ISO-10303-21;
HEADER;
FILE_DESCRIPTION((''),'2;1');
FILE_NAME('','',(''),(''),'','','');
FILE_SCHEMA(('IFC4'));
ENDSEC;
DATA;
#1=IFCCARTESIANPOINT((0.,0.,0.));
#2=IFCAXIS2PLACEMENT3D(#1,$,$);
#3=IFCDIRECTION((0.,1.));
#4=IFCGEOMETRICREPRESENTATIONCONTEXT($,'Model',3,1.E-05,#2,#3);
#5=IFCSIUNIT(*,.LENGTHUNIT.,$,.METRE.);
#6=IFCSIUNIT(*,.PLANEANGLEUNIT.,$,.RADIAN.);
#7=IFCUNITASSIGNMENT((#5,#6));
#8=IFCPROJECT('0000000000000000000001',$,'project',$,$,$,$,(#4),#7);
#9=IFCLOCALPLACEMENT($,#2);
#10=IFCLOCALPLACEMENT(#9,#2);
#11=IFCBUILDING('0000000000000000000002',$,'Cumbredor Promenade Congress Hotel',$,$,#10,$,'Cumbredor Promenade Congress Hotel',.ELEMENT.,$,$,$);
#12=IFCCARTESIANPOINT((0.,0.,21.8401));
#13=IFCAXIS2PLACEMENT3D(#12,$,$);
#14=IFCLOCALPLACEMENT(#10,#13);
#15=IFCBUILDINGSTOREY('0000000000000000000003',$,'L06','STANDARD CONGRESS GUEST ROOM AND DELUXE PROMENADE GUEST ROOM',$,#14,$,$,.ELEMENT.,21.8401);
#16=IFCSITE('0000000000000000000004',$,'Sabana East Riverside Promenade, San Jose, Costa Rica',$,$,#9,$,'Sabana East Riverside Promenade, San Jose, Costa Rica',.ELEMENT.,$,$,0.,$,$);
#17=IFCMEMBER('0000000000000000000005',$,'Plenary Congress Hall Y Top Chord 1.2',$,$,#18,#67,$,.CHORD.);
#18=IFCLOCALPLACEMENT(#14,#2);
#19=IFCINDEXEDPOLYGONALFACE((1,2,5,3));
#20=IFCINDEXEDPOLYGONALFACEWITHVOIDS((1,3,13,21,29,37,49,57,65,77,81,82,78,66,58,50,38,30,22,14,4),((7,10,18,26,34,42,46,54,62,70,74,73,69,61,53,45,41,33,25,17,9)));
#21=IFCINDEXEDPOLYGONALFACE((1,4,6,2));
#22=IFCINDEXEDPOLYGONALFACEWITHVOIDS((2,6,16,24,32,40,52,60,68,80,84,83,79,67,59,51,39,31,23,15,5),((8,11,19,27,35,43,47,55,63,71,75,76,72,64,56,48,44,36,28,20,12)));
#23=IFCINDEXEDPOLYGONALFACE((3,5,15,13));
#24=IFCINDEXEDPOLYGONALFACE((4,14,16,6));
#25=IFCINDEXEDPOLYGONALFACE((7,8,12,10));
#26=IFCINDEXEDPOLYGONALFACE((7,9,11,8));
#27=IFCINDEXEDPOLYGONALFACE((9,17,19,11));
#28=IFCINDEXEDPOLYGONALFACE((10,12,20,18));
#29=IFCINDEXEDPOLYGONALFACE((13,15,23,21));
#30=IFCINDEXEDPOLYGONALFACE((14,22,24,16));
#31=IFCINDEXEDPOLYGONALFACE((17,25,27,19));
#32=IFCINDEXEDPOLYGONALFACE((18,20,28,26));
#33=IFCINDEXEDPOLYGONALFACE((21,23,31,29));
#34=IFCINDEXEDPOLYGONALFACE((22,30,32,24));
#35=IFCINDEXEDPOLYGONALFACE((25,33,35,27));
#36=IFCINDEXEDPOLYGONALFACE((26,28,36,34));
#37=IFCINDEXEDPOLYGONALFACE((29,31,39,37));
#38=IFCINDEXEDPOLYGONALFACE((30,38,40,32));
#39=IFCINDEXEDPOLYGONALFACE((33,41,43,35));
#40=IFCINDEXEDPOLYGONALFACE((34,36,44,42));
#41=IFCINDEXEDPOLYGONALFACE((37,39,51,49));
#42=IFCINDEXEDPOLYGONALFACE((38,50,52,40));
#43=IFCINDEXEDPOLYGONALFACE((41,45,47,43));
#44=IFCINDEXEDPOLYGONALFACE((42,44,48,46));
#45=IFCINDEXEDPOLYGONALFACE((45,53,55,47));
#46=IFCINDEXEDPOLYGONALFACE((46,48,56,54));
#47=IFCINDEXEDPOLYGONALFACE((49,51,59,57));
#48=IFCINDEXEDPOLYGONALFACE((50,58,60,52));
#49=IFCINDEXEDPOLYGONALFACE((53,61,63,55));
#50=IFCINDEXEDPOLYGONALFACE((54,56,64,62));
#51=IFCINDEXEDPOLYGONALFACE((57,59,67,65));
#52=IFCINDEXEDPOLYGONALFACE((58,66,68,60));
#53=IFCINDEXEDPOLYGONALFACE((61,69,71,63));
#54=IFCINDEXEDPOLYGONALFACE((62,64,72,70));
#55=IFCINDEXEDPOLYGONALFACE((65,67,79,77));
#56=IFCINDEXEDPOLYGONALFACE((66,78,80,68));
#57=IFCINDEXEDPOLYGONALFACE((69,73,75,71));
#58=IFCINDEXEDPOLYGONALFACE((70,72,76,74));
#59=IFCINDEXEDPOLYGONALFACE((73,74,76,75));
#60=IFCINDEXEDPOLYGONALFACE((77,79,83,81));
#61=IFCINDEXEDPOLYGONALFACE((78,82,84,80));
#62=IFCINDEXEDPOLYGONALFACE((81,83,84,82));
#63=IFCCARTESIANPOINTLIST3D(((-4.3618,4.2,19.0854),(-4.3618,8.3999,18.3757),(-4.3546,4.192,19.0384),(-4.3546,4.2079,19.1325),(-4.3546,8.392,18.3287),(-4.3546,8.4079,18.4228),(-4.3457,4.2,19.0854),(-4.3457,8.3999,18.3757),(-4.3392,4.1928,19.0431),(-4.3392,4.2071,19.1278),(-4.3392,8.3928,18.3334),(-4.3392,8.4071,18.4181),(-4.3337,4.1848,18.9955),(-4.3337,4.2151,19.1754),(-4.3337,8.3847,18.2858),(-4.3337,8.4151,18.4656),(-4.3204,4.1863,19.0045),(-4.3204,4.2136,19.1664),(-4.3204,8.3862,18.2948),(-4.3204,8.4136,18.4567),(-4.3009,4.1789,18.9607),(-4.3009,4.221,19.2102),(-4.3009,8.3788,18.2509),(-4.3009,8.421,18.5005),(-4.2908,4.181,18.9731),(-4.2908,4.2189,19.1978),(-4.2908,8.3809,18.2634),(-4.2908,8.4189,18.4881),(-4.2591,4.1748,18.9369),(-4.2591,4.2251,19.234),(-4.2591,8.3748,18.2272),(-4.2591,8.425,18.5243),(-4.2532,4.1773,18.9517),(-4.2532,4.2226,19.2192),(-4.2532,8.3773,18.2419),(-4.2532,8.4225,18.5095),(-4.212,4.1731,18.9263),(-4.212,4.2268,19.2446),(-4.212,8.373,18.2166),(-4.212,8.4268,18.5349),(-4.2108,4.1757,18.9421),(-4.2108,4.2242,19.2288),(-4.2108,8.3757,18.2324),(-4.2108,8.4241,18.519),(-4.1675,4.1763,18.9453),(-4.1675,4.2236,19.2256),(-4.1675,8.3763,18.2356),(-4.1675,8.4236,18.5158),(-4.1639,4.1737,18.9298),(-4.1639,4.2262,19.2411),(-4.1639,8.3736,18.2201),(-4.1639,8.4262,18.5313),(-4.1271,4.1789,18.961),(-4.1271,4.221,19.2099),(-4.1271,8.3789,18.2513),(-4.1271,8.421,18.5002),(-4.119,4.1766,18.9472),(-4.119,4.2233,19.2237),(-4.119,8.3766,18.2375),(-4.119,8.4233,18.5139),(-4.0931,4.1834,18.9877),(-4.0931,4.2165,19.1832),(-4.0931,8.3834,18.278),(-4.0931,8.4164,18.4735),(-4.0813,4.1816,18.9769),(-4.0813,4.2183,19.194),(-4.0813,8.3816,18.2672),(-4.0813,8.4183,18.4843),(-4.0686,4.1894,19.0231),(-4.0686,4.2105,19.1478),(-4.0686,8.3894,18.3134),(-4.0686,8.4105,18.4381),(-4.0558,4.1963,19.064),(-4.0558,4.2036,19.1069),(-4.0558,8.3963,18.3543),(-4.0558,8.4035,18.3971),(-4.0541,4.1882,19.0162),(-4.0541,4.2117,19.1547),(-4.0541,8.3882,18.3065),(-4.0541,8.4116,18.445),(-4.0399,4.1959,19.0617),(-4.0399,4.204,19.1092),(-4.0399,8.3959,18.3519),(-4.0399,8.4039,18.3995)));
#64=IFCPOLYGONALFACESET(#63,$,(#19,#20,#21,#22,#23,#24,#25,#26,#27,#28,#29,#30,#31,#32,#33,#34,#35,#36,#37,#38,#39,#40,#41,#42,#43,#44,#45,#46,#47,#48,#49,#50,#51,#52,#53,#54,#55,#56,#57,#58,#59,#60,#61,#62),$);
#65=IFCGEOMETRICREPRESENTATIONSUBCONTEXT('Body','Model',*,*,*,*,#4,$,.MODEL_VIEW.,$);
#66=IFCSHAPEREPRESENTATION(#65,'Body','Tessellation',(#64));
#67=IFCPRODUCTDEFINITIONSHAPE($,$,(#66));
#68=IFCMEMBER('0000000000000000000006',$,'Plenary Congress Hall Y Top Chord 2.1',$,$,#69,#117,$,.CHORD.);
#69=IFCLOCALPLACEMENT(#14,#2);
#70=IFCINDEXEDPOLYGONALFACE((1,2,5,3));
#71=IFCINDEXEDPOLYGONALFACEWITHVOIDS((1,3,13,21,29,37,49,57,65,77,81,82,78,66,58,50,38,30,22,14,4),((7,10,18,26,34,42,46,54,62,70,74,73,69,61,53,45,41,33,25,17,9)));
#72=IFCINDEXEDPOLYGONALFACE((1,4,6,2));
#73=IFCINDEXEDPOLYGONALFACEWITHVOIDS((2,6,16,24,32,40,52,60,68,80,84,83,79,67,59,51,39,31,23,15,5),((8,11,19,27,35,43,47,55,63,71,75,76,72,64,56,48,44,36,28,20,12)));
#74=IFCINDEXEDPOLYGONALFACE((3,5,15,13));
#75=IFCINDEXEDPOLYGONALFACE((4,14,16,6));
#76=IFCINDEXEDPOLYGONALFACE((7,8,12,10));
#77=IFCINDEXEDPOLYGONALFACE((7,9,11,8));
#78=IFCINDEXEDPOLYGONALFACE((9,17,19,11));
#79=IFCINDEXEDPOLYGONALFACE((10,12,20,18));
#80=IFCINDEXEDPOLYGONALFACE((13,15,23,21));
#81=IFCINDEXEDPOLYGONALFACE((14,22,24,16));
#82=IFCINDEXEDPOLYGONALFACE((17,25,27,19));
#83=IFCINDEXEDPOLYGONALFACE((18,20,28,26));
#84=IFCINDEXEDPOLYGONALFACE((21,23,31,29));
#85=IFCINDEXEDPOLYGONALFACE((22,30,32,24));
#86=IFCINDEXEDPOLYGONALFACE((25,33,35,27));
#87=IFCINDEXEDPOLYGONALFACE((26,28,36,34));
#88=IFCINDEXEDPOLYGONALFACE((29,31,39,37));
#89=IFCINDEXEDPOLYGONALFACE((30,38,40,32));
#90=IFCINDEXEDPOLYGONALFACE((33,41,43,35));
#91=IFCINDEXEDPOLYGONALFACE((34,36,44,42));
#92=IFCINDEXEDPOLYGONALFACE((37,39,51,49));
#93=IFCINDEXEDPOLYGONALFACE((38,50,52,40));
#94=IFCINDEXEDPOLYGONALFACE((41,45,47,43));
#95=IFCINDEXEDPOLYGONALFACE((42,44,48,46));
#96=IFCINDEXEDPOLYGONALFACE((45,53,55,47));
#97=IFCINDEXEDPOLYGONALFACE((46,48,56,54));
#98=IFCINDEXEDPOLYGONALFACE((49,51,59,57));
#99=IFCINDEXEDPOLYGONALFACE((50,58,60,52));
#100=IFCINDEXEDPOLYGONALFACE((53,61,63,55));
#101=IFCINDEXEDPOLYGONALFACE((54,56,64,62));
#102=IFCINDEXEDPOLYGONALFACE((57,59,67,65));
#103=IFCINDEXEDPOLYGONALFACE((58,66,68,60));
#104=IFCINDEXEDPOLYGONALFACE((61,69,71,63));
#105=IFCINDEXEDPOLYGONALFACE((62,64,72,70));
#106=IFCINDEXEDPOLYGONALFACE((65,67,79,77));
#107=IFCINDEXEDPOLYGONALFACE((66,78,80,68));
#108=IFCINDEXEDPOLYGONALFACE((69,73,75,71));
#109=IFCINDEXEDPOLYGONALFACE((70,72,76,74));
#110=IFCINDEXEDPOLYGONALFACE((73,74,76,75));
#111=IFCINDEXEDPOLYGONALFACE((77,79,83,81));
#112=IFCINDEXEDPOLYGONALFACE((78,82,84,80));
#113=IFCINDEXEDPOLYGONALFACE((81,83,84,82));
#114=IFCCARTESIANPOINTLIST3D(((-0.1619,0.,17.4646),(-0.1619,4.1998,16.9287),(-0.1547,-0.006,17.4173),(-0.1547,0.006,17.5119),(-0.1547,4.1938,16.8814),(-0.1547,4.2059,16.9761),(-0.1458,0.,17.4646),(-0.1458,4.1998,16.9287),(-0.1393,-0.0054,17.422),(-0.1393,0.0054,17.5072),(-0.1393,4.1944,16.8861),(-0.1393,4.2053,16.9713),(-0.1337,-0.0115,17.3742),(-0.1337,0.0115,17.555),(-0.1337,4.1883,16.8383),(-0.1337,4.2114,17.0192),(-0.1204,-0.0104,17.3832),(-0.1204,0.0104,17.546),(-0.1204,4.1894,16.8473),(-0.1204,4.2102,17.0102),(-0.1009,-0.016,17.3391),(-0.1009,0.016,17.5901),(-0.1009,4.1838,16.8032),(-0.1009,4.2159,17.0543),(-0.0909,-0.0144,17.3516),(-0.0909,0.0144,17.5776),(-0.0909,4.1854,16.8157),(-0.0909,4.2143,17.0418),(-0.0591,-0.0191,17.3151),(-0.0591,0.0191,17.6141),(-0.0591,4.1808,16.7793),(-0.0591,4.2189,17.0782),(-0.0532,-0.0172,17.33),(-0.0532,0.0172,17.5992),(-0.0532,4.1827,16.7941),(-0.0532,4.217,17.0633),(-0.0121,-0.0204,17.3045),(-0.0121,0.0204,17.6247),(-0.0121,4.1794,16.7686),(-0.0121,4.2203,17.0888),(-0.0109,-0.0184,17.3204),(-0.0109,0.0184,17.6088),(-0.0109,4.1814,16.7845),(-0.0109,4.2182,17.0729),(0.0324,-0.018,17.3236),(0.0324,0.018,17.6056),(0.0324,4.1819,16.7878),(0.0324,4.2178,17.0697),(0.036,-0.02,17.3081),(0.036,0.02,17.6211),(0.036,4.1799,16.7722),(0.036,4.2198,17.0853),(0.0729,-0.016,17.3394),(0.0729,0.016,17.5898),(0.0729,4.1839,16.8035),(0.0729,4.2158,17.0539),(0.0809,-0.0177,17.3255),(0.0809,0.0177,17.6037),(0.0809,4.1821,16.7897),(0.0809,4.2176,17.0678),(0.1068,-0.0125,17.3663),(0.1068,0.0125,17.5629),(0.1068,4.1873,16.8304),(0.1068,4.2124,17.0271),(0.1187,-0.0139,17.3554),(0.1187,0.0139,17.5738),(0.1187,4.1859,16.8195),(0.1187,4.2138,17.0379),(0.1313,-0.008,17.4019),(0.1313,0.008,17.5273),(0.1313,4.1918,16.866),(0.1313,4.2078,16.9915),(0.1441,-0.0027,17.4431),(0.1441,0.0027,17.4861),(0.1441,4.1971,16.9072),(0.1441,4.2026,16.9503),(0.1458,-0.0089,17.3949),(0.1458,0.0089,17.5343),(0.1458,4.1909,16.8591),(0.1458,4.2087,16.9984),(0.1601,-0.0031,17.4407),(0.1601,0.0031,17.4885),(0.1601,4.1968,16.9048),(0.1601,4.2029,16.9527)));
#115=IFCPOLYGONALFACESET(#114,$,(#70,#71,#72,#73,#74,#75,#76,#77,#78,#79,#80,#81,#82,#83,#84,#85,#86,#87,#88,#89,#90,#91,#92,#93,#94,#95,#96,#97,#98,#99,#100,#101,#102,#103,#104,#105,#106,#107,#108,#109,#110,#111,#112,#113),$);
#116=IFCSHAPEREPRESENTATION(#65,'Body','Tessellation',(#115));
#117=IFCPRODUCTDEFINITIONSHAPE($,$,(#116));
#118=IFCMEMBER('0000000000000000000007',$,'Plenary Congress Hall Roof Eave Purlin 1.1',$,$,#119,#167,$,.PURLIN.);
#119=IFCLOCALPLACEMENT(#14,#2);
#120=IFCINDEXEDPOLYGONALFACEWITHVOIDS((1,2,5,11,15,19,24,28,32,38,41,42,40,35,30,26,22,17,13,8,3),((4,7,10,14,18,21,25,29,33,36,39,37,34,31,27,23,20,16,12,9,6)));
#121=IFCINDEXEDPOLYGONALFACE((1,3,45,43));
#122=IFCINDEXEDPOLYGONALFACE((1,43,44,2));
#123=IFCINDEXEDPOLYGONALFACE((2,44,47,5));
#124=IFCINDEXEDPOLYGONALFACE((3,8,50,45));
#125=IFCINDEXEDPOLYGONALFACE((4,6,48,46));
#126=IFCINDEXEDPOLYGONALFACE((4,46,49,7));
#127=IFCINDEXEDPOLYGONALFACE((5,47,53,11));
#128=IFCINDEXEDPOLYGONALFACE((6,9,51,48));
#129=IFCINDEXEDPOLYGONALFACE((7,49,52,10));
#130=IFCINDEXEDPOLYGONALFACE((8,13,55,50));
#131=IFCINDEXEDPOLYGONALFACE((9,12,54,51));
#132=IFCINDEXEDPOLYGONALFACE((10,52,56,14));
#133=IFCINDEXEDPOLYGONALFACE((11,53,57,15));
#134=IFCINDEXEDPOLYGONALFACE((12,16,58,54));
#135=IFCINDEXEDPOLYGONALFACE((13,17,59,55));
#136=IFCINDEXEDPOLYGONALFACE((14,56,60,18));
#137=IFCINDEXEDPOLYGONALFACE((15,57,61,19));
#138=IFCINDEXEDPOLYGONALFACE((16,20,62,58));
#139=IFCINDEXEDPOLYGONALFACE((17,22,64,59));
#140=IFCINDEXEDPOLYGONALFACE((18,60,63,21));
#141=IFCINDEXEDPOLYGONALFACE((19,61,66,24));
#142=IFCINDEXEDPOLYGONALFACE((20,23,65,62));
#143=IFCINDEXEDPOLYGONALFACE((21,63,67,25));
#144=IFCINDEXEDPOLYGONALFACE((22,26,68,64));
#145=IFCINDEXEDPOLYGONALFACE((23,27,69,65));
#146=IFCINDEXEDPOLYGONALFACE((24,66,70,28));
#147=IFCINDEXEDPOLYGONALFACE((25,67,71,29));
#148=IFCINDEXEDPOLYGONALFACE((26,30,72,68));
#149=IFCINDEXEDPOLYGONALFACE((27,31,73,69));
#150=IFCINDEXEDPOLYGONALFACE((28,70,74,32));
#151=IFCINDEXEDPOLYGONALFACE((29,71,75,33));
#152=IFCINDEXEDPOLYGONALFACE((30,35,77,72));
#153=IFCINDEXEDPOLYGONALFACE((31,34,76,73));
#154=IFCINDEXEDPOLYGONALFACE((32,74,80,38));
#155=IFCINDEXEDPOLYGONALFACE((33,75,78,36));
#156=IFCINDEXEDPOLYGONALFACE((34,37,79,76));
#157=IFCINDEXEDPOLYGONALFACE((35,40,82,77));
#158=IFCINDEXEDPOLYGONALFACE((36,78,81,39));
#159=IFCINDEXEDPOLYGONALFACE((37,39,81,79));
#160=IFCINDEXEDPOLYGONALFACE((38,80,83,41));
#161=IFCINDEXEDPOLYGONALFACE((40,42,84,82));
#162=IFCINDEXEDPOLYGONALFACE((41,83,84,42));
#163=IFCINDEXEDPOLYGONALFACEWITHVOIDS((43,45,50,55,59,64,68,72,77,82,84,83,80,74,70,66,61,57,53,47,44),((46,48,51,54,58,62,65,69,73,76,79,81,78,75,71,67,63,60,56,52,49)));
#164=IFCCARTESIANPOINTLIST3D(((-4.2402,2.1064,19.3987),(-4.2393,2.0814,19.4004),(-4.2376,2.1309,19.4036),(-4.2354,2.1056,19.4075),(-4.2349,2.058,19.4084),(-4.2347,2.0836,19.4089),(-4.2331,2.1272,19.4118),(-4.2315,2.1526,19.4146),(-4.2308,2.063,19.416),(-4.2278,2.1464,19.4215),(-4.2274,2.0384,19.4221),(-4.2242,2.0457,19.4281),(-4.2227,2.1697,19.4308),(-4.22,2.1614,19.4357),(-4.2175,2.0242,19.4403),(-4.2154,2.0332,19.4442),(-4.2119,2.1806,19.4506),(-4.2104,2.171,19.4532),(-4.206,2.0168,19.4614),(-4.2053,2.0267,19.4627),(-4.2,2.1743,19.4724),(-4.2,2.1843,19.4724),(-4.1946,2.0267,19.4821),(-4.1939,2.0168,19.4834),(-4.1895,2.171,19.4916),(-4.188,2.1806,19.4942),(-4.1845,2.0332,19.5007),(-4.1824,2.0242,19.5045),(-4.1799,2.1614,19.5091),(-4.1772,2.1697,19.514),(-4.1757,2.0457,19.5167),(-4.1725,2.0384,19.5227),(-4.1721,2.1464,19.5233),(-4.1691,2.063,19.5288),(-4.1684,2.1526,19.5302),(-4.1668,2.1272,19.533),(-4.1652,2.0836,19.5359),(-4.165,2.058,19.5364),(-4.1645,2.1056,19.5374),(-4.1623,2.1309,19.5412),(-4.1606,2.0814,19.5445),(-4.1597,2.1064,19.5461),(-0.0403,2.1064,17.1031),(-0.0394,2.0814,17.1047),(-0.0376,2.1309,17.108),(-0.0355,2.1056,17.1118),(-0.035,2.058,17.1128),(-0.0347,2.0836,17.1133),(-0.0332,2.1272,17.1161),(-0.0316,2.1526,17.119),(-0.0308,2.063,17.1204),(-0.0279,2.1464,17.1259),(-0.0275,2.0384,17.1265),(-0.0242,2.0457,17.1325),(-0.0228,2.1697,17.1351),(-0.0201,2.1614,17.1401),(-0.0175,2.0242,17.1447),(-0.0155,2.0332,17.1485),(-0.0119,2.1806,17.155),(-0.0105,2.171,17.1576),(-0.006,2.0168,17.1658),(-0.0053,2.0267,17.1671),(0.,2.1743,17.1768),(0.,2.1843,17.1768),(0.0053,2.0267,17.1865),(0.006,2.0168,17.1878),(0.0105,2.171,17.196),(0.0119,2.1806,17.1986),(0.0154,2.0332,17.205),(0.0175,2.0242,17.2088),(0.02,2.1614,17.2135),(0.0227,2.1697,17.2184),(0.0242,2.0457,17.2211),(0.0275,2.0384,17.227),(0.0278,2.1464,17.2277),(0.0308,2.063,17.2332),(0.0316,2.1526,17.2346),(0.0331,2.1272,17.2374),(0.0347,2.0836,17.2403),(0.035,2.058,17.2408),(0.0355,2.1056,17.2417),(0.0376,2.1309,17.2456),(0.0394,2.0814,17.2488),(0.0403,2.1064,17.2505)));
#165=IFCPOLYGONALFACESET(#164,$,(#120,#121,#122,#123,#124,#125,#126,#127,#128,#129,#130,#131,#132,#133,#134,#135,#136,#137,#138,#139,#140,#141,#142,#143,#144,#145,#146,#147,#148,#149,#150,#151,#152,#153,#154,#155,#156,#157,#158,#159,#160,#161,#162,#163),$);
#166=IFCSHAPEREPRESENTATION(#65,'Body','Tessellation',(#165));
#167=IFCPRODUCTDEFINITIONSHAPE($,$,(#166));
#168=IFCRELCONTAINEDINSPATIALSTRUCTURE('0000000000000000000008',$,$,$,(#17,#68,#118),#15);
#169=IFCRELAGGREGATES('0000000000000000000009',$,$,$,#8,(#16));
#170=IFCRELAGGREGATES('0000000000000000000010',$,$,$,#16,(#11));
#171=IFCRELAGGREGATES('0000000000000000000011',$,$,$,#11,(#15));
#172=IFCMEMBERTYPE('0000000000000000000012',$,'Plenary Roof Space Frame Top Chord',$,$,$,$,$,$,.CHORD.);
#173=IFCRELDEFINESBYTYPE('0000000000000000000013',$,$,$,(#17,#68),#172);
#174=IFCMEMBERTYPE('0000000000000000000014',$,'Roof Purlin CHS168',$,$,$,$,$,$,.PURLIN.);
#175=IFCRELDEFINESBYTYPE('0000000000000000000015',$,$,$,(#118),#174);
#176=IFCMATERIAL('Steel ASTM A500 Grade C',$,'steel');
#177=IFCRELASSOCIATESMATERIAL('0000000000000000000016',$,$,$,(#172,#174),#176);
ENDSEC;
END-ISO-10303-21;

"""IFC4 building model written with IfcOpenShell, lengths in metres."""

from ifc_helpers import new_model, si_unit, direction, frame, origin, origin_2d, place, context, subcontext, project, spatial, hollow_circle, extrude, material, material_profile, profile_set, type_object, element, save


model = new_model("IFC4")

# Units and contexts
model_context = context("Model", 3, precision=1e-05, world=origin(), true_north=direction((0.0, 1.0)))
body_context = subcontext(model_context, "Body", "Model", "MODEL_VIEW")
ifc_project = project(units=[si_unit("LENGTHUNIT", "METRE"), si_unit("PLANEANGLEUNIT", "RADIAN")], contexts=[model_context])

# Site, building, storey
site_placement = place(None, origin())
site = spatial("IfcSite", under=ifc_project, at=site_placement, Name="Sabana East Riverside Promenade, San Jose, Costa Rica", LongName="Sabana East Riverside Promenade, San Jose, Costa Rica", CompositionType="ELEMENT", RefElevation=0.0)
building_placement = place(site_placement, origin())
building = spatial("IfcBuilding", under=site, at=building_placement, Name="Cumbredor Promenade Congress Hotel", LongName="Cumbredor Promenade Congress Hotel", CompositionType="ELEMENT")
storey_placement = place(building_placement, frame((0.0, 0.0, 21.8401)))
storey = spatial("IfcBuildingStorey", under=building, at=storey_placement, Name="L06", Description="STANDARD CONGRESS GUEST ROOM AND DELUXE PROMENADE GUEST ROOM", CompositionType="ELEMENT", Elevation=21.8401)

# Members
ifc_material_1 = material(Name="Steel ASTM A500 Grade C", Category="steel")
ifc_material_profile_1 = material_profile(ifc_material_1, hollow_circle(Radius=0.1619, WallThickness=0.0161, at=origin_2d()), Name="CHS 323.9x16")
ifc_profile_set_1 = profile_set([ifc_material_profile_1], Name="Steel ASTM A500 Grade C")
member_type_1 = type_object("IfcMemberType", Name="Plenary Roof Space Frame Top Chord", PredefinedType="CHORD", material=ifc_profile_set_1)
member_1_placement = place(storey_placement, frame((-4.2, 4.2, 19.0854), z_axis=(0.0, 0.986021, -0.16662), x_axis=(-1.0, 0.0, 0.0)))
element("IfcMember", 1, at=member_1_placement, inside=storey, type_object=member_type_1, Name="Plenary Congress Hall Y Top Chord 1.2", PredefinedType="CHORD", context=body_context, shape_type="SweptSolid", body=[
    extrude(hollow_circle(Radius=0.1619, WallThickness=0.0161, at=origin_2d()), origin(), (0.0, 0.0, 1.0), 4.2595),
])
member_2_placement = place(storey_placement, frame((0.0, 0.0, 17.4646), z_axis=(0.0, 0.991958, -0.126568), x_axis=(-1.0, 0.0, 0.0)))
element("IfcMember", 2, at=member_2_placement, inside=storey, type_object=member_type_1, Name="Plenary Congress Hall Y Top Chord 2.1", PredefinedType="CHORD", context=body_context, shape_type="SweptSolid", body=[
    extrude(hollow_circle(Radius=0.1619, WallThickness=0.0161, at=origin_2d()), origin(), (0.0, 0.0, 1.0), 4.2339),
])
ifc_material_profile_2 = material_profile(ifc_material_1, hollow_circle(Radius=0.0842, WallThickness=0.01, at=origin_2d()), Name="CHS 168.3x10")
ifc_profile_set_2 = profile_set([ifc_material_profile_2], Name="Steel ASTM A500 Grade C")
member_type_2 = type_object("IfcMemberType", Name="Roof Purlin CHS168", PredefinedType="PURLIN", material=ifc_profile_set_2)
member_3_placement = place(storey_placement, frame((-4.2, 2.1001, 19.4724), z_axis=(0.877476, 0.0, -0.47962), x_axis=(0.0, 1.0, 0.0)))
element("IfcMember", 3, at=member_3_placement, inside=storey, type_object=member_type_2, Name="Plenary Congress Hall Roof Eave Purlin 1.1", PredefinedType="PURLIN", context=body_context, shape_type="SweptSolid", body=[
    extrude(hollow_circle(Radius=0.0842, WallThickness=0.01, at=origin_2d()), origin(), (0.0, 0.0, 1.0), 4.7864),
])

save(model, "model.ifc")
